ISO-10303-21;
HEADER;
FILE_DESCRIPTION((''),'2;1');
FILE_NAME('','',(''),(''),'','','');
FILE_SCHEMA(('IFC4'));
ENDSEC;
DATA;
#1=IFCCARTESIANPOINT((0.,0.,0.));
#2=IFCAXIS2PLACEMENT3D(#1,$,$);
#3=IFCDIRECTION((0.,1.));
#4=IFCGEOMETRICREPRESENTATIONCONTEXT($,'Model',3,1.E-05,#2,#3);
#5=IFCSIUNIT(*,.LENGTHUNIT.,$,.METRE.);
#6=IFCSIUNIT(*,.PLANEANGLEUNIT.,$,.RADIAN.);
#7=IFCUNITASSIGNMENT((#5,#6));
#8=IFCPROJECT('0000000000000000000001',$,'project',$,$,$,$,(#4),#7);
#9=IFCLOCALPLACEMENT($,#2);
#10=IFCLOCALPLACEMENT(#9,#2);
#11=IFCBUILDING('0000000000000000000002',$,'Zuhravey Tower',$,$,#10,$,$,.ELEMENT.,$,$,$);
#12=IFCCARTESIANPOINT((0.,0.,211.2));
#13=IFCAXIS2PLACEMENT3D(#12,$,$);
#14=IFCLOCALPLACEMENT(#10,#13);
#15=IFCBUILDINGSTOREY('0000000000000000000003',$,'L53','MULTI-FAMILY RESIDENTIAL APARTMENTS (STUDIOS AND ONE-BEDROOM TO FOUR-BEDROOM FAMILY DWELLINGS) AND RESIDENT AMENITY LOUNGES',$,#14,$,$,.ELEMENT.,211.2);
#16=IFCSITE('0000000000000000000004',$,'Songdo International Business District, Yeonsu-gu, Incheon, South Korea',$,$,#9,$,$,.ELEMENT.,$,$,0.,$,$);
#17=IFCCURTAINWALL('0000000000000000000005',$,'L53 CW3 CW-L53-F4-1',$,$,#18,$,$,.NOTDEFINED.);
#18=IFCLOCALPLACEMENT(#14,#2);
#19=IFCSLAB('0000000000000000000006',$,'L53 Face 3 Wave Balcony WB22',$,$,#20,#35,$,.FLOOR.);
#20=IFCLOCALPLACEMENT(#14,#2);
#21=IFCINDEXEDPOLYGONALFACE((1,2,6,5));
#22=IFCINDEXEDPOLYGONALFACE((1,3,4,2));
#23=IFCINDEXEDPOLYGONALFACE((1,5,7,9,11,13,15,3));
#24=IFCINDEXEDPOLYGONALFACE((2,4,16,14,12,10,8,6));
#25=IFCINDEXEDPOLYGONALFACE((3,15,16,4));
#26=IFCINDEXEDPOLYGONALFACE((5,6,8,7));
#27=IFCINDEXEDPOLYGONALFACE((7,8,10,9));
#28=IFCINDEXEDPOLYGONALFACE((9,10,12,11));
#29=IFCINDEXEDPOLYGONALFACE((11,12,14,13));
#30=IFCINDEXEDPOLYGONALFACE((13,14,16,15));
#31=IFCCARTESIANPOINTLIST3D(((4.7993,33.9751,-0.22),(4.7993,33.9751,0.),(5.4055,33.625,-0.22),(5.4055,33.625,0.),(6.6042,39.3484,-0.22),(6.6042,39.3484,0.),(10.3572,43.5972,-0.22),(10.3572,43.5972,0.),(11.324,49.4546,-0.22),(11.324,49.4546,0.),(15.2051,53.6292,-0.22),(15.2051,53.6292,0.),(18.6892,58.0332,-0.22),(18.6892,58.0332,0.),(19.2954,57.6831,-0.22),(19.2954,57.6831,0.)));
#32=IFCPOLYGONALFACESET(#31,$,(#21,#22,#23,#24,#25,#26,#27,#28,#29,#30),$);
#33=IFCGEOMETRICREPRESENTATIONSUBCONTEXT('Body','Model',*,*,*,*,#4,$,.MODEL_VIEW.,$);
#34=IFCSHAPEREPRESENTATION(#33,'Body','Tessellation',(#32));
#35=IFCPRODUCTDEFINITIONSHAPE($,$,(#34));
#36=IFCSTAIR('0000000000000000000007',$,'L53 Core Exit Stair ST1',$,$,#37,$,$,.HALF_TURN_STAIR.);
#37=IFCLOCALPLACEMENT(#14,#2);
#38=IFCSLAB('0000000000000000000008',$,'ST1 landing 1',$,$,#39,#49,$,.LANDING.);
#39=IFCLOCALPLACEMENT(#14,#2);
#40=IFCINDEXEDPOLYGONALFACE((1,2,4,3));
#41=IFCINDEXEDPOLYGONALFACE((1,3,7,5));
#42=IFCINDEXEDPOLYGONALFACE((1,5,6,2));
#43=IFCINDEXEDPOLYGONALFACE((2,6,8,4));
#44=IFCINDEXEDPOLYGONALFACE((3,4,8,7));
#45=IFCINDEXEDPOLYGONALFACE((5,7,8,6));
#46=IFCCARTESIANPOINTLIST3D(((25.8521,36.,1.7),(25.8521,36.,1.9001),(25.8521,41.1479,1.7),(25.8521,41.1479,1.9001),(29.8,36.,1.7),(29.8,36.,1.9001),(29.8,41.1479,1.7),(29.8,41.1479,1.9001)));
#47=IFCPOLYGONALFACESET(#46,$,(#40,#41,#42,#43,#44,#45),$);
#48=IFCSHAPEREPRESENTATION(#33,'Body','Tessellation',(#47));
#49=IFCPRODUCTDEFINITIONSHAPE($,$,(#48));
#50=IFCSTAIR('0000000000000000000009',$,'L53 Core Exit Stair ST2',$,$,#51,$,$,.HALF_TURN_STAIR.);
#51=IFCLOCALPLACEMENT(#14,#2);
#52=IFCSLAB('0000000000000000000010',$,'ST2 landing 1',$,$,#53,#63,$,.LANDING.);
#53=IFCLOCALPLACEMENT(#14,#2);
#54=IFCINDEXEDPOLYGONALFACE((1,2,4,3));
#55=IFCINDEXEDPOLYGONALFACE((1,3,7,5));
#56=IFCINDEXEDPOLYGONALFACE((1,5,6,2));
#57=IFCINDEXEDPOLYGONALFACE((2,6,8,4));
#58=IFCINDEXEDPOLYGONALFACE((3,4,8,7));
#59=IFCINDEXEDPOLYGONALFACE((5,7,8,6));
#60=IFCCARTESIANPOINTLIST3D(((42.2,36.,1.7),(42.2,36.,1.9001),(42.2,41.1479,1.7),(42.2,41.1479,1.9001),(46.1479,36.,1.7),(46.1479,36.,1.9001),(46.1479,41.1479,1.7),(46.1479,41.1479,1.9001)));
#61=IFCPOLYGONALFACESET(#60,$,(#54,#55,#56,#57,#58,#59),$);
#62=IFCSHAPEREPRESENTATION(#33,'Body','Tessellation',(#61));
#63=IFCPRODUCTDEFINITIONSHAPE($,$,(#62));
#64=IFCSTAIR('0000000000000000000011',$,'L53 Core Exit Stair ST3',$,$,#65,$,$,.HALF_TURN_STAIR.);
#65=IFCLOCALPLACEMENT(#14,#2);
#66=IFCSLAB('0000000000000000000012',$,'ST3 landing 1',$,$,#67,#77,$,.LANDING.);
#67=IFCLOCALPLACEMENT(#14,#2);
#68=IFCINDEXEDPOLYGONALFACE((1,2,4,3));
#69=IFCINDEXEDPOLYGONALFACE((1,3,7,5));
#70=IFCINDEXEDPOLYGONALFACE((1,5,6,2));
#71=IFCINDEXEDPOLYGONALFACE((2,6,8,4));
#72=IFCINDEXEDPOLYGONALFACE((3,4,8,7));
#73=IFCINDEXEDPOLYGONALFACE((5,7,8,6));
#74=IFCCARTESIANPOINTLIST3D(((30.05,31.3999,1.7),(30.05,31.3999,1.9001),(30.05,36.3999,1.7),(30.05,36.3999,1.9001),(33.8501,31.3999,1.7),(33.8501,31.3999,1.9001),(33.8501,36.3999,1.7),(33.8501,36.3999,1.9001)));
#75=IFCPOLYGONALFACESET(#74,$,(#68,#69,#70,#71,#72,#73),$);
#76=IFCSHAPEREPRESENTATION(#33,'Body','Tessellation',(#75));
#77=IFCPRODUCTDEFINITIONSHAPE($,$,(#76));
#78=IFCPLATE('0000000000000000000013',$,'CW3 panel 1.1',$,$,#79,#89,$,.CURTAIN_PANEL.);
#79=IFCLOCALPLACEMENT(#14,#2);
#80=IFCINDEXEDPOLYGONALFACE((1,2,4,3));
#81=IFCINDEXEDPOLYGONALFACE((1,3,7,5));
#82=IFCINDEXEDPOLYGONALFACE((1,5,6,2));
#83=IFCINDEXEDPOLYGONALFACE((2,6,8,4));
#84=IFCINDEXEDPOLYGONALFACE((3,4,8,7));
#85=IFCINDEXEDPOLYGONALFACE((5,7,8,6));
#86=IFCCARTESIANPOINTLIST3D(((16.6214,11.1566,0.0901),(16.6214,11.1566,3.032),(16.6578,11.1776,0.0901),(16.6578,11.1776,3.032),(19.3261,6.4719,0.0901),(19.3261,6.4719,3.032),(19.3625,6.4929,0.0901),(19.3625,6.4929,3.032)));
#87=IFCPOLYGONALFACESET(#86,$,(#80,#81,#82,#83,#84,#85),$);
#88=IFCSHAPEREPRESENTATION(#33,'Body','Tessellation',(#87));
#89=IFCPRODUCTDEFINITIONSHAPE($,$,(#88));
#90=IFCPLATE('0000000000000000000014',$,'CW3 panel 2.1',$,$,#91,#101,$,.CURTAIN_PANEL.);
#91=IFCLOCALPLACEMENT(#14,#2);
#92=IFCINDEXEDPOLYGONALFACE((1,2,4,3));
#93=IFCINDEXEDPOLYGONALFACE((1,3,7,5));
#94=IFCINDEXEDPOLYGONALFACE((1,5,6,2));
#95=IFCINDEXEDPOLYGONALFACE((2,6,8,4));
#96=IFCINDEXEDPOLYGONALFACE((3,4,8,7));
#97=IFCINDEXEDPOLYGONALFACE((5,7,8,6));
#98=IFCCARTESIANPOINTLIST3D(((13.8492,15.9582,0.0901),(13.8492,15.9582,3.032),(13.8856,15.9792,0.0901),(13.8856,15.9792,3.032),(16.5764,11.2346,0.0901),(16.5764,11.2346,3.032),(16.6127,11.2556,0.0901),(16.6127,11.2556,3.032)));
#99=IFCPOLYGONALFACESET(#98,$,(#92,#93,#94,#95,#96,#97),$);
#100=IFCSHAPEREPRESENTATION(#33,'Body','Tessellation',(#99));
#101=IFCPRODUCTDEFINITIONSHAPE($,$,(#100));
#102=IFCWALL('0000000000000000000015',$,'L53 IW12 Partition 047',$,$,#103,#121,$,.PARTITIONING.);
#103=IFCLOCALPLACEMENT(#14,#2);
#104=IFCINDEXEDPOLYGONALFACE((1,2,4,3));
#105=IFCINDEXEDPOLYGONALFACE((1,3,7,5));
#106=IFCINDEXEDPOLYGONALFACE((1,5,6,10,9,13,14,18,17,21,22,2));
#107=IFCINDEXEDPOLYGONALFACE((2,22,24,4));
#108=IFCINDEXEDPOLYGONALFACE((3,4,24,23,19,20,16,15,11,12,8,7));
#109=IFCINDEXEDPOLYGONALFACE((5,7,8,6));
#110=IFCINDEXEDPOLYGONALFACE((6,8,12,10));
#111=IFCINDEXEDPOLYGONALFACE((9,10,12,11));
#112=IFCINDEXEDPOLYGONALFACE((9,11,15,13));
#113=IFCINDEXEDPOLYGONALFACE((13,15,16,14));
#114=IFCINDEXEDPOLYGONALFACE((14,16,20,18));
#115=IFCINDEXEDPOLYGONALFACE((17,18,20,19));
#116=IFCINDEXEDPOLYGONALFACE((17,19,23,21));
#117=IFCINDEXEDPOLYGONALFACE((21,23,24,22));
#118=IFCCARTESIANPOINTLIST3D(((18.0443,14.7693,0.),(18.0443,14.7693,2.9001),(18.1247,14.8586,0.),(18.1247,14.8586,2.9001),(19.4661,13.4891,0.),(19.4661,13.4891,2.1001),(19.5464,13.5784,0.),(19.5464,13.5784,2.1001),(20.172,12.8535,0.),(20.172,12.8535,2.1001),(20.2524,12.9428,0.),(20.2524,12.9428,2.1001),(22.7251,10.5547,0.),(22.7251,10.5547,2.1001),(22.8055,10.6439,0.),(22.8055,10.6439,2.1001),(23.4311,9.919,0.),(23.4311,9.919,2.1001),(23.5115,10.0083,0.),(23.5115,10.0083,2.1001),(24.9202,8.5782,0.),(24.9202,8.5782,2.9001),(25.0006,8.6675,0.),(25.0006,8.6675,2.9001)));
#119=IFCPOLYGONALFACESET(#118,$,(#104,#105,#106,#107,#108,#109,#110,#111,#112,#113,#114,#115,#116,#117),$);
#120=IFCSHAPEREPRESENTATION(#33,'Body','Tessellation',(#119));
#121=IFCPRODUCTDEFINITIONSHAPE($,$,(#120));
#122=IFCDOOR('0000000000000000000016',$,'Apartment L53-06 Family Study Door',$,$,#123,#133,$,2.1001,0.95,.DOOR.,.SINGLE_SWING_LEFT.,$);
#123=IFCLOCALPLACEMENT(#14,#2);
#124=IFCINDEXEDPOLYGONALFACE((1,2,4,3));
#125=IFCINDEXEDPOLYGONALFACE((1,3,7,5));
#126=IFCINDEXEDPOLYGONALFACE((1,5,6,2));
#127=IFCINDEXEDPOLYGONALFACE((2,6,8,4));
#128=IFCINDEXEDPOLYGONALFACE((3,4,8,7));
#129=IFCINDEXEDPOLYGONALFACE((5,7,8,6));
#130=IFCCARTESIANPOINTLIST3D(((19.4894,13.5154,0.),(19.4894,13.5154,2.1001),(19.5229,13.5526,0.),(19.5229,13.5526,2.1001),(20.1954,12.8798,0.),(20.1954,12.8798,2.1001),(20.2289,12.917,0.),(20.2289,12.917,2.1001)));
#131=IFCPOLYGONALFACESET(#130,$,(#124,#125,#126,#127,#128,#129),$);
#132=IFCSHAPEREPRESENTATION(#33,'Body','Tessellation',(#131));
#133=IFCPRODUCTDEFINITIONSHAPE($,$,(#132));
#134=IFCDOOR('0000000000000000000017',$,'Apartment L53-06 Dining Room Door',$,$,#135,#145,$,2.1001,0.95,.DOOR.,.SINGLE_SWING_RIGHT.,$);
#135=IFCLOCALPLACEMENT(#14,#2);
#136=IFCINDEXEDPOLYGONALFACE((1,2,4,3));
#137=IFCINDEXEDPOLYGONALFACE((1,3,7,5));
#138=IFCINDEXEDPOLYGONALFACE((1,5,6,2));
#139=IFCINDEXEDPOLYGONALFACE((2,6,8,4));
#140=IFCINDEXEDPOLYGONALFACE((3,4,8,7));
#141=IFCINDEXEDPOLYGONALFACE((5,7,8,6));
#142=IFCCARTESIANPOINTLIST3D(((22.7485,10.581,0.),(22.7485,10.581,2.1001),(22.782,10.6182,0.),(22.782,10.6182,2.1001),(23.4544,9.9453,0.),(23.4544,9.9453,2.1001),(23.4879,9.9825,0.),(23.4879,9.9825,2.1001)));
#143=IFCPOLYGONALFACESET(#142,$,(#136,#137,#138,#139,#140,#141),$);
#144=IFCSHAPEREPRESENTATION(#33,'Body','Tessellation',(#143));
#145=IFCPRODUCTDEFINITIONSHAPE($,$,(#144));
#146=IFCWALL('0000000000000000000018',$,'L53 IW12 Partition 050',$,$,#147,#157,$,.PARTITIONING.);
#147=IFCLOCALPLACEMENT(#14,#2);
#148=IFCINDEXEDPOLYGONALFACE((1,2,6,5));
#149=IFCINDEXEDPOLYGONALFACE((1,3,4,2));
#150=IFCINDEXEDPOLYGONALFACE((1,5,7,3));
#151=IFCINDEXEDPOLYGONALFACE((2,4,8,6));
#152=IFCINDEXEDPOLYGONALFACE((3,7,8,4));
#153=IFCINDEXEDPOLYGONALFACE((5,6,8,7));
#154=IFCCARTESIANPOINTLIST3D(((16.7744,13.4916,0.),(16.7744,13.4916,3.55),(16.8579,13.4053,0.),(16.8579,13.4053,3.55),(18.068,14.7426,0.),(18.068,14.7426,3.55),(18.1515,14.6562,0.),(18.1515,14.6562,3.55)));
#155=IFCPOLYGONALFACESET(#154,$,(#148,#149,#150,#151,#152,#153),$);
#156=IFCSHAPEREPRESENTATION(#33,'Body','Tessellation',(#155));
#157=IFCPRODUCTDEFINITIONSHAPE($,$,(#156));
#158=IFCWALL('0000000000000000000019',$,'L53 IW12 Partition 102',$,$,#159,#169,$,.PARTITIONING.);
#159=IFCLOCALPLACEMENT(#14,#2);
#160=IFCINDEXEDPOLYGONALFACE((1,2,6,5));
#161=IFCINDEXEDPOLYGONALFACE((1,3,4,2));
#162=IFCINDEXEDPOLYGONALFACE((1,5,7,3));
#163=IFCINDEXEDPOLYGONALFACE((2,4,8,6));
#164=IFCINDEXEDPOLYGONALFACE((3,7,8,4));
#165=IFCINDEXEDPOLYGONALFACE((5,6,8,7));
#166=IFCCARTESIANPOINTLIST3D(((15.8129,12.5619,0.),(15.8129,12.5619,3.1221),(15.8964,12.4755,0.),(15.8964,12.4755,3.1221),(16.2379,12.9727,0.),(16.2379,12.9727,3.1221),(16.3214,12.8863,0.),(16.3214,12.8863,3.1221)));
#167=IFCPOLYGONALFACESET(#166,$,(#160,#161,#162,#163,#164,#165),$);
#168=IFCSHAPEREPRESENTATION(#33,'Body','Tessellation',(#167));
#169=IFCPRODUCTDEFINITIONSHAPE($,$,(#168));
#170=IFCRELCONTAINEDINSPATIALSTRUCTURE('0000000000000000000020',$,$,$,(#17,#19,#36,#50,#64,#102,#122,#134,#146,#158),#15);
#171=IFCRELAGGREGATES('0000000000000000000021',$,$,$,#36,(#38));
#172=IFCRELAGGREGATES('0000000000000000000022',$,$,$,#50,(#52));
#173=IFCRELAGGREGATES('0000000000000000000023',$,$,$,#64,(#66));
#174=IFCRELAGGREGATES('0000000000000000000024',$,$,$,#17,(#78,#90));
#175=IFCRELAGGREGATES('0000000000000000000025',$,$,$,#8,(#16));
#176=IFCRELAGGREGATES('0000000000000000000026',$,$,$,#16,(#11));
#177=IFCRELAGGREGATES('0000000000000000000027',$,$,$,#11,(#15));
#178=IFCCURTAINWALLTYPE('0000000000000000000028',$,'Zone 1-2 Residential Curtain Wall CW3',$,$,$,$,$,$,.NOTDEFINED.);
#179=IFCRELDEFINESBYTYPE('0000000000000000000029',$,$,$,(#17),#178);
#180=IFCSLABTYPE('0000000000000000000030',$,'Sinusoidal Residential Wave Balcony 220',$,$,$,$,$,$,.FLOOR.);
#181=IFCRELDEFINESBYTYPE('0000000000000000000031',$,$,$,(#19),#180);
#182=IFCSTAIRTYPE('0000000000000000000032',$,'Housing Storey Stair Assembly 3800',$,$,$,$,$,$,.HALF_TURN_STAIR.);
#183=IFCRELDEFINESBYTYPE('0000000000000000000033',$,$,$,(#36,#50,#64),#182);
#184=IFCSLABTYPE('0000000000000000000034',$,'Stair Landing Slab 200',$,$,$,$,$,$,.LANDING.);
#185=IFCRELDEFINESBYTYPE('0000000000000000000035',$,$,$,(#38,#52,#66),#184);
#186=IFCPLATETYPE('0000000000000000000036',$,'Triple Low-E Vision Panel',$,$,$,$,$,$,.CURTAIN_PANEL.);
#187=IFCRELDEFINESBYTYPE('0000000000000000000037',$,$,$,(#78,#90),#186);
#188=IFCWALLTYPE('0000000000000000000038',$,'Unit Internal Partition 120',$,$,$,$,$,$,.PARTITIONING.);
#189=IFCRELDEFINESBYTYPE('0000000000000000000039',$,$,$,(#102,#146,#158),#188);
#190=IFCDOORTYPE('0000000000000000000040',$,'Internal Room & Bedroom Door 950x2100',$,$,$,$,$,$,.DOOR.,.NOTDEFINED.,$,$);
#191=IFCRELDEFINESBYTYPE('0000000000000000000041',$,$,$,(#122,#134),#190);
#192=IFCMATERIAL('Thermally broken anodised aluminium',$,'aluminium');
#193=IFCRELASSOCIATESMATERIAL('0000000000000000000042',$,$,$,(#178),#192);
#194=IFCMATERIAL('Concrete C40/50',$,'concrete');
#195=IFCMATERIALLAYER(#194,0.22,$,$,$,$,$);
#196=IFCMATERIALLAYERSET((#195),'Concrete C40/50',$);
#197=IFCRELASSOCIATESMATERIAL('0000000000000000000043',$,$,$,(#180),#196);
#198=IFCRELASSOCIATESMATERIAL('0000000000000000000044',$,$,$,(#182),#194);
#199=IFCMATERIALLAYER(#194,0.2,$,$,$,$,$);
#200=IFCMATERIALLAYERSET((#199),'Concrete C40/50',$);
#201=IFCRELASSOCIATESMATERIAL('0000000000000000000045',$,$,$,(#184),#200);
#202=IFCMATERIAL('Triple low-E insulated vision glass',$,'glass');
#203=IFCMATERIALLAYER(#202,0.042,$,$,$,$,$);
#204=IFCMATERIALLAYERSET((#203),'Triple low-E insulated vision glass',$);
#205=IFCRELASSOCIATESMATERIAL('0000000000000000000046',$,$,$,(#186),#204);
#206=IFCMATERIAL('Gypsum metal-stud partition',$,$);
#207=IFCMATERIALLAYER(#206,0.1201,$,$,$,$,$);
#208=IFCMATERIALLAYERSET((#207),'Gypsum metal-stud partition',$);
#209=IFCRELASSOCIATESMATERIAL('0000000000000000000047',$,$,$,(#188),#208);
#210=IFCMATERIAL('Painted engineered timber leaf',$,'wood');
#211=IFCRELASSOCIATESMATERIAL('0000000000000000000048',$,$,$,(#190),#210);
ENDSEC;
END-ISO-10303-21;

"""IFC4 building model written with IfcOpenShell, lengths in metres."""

from ifc_helpers import new_model, si_unit, direction, frame, frame_2d, origin, origin_2d, place, context, subcontext, project, spatial, polyline, rectangle, outline, extrude, material, layer, layer_set, type_object, element, fill, aggregate, save


model = new_model("IFC4")

# Units and contexts
model_context = context("Model", 3, precision=1e-05, world=origin(), true_north=direction((0.0, 1.0)))
body_context = subcontext(model_context, "Body", "Model", "MODEL_VIEW")
ifc_project = project(units=[si_unit("LENGTHUNIT", "METRE"), si_unit("PLANEANGLEUNIT", "RADIAN")], contexts=[model_context])

# Site, building, storey
site_placement = place(None, origin())
site = spatial("IfcSite", under=ifc_project, at=site_placement, Name="Songdo International Business District, Yeonsu-gu, Incheon, South Korea", CompositionType="ELEMENT", RefElevation=0.0)
building_placement = place(site_placement, origin())
building = spatial("IfcBuilding", under=site, at=building_placement, Name="Zuhravey Tower", CompositionType="ELEMENT")
storey_placement = place(building_placement, frame((0.0, 0.0, 211.2)))
storey = spatial("IfcBuildingStorey", under=building, at=storey_placement, Name="L53", Description="MULTI-FAMILY RESIDENTIAL APARTMENTS (STUDIOS AND ONE-BEDROOM TO FOUR-BEDROOM FAMILY DWELLINGS) AND RESIDENT AMENITY LOUNGES", CompositionType="ELEMENT", Elevation=211.2)

# Curtain wall
ifc_material_1 = material(Name="Thermally broken anodised aluminium", Category="aluminium")
curtain_wall_type = type_object("IfcCurtainWallType", Name="Zone 1-2 Residential Curtain Wall CW3", PredefinedType="NOTDEFINED", material=ifc_material_1)
curtain_wall_placement = place(storey_placement, origin())
curtain_wall = element("IfcCurtainWall", 1, at=curtain_wall_placement, inside=storey, type_object=curtain_wall_type, Name="L53 CW3 CW-L53-F4-1", PredefinedType="NOTDEFINED")

# Slab
ifc_material_2 = material(Name="Concrete C40/50", Category="concrete")
ifc_layer_1 = layer(ifc_material_2, 0.22)
ifc_layer_set_1 = layer_set([ifc_layer_1], Name="Concrete C40/50")
slab_type_1 = type_object("IfcSlabType", Name="Sinusoidal Residential Wave Balcony 220", PredefinedType="FLOOR", material=ifc_layer_set_1)
slab_1_placement = place(storey_placement, frame((0.0, 0.0, -0.22)))
element("IfcSlab", 2, at=slab_1_placement, inside=storey, type_object=slab_type_1, Name="L53 Face 3 Wave Balcony WB22", PredefinedType="FLOOR", context=body_context, shape_type="SweptSolid", body=[
    extrude(outline(polyline([(19.2954, 57.6831), (5.4055, 33.625), (4.7993, 33.9751), (6.6042, 39.3484), (10.3572, 43.5972), (11.324, 49.4546), (15.2051, 53.6292), (18.6892, 58.0332), (19.2954, 57.6831)])), origin(), (0.0, 0.0, 1.0), 0.22),
])

# Stairs, slabs
stair_type = type_object("IfcStairType", Name="Housing Storey Stair Assembly 3800", PredefinedType="HALF_TURN_STAIR", material=ifc_material_2)
stair_1_placement = place(storey_placement, origin())
stair_1 = element("IfcStair", 3, at=stair_1_placement, inside=storey, type_object=stair_type, Name="L53 Core Exit Stair ST1", PredefinedType="HALF_TURN_STAIR")
ifc_layer_2 = layer(ifc_material_2, 0.2)
ifc_layer_set_2 = layer_set([ifc_layer_2], Name="Concrete C40/50")
slab_type_2 = type_object("IfcSlabType", Name="Stair Landing Slab 200", PredefinedType="LANDING", material=ifc_layer_set_2)
slab_2_placement = place(storey_placement, frame((0.0, 0.0, 1.7)))
slab_2 = element("IfcSlab", 4, at=slab_2_placement, type_object=slab_type_2, Name="ST1 landing 1", PredefinedType="LANDING", context=body_context, shape_type="SweptSolid", body=[
    extrude(outline(polyline([(29.8, 36.0), (29.8, 41.1479), (25.8521, 41.1479), (25.8521, 36.0), (29.8, 36.0)])), origin(), (0.0, 0.0, 1.0), 0.2002),
])
aggregate(stair_1, [slab_2])
stair_2_placement = place(storey_placement, origin())
stair_2 = element("IfcStair", 5, at=stair_2_placement, inside=storey, type_object=stair_type, Name="L53 Core Exit Stair ST2", PredefinedType="HALF_TURN_STAIR")
slab_3_placement = place(storey_placement, frame((0.0, 0.0, 1.7)))
slab_3 = element("IfcSlab", 6, at=slab_3_placement, type_object=slab_type_2, Name="ST2 landing 1", PredefinedType="LANDING", context=body_context, shape_type="SweptSolid", body=[
    extrude(outline(polyline([(46.1479, 36.0), (46.1479, 41.1479), (42.2, 41.1479), (42.2, 36.0), (46.1479, 36.0)])), origin(), (0.0, 0.0, 1.0), 0.2002),
])
aggregate(stair_2, [slab_3])
stair_3_placement = place(storey_placement, origin())
stair_3 = element("IfcStair", 7, at=stair_3_placement, inside=storey, type_object=stair_type, Name="L53 Core Exit Stair ST3", PredefinedType="HALF_TURN_STAIR")
slab_4_placement = place(storey_placement, frame((0.0, 0.0, 1.7)))
slab_4 = element("IfcSlab", 8, at=slab_4_placement, type_object=slab_type_2, Name="ST3 landing 1", PredefinedType="LANDING", context=body_context, shape_type="SweptSolid", body=[
    extrude(outline(polyline([(30.05, 36.3999), (30.05, 31.3999), (33.8501, 31.3999), (33.8501, 36.3999), (30.05, 36.3999)])), origin(), (0.0, 0.0, 1.0), 0.2002),
])
aggregate(stair_3, [slab_4])

# Plates
ifc_material_3 = material(Name="Triple low-E insulated vision glass", Category="glass")
ifc_layer_3 = layer(ifc_material_3, 0.042)
ifc_layer_set_3 = layer_set([ifc_layer_3], Name="Triple low-E insulated vision glass")
plate_type = type_object("IfcPlateType", Name="Triple Low-E Vision Panel", PredefinedType="CURTAIN_PANEL", material=ifc_layer_set_3)
plate_1_placement = place(storey_placement, frame((17.9919, 8.8247, 0.0901), z_axis=(0.0, 0.0, 1.0), x_axis=(-0.5, 0.866025, 0.0)))
plate_1 = element("IfcPlate", 9, at=plate_1_placement, type_object=plate_type, Name="CW3 panel 1.1", PredefinedType="CURTAIN_PANEL", context=body_context, shape_type="SweptSolid", body=[
    extrude(rectangle(XDim=5.4094, YDim=0.042, at=origin_2d()), origin(), (0.0, 0.0, 1.0), 2.9419),
])
plate_2_placement = place(storey_placement, frame((15.231, 13.6069, 0.0901), z_axis=(0.0, 0.0, 1.0), x_axis=(-0.5, 0.866025, 0.0)))
plate_2 = element("IfcPlate", 10, at=plate_2_placement, type_object=plate_type, Name="CW3 panel 2.1", PredefinedType="CURTAIN_PANEL", context=body_context, shape_type="SweptSolid", body=[
    extrude(rectangle(XDim=5.4543, YDim=0.042, at=origin_2d()), origin(), (0.0, 0.0, 1.0), 2.9419),
])
aggregate(curtain_wall, [plate_1, plate_2])

# Wall, openings, doors
ifc_material_4 = material(Name="Gypsum metal-stud partition")
ifc_layer_4 = layer(ifc_material_4, 0.1201)
ifc_layer_set_4 = layer_set([ifc_layer_4], Name="Gypsum metal-stud partition")
wall_type = type_object("IfcWallType", Name="Unit Internal Partition 120", PredefinedType="PARTITIONING", material=ifc_layer_set_4)
wall_1_placement = place(storey_placement, frame((18.0845, 14.814, 0.0), z_axis=(0.0, 0.0, 1.0), x_axis=(0.743145, -0.669131, 0.0)))
wall_1 = element("IfcWall", 11, at=wall_1_placement, inside=storey, type_object=wall_type, Name="L53 IW12 Partition 047", PredefinedType="PARTITIONING", context=body_context, shape_type="SweptSolid", body=[
    extrude(rectangle(XDim=9.2524, YDim=0.1201, at=frame_2d((4.6262, 0.0))), origin(), (0.0, 0.0, 1.0), 2.9001),
])
opening_1_placement = place(wall_1_placement, frame((1.9131, 0.0, 0.0)))
opening_1 = element("IfcOpeningElement", 12, at=opening_1_placement, cuts=wall_1, PredefinedType="OPENING", context=body_context, shape_type="SweptSolid", body=[
    extrude(rectangle(XDim=0.95, YDim=2.1001, at=frame_2d((0.4751, 1.05))), frame((0.0, 0.072, 0.0), z_axis=(0.0, -1.0, 0.0), x_axis=(1.0, 0.0, 0.0)), (0.0, 0.0, 1.0), 0.144),
])
opening_2_placement = place(wall_1_placement, frame((6.2986, 0.0, 0.0)))
opening_2 = element("IfcOpeningElement", 13, at=opening_2_placement, cuts=wall_1, PredefinedType="OPENING", context=body_context, shape_type="SweptSolid", body=[
    extrude(rectangle(XDim=0.95, YDim=2.1001, at=frame_2d((0.4751, 1.05))), frame((0.0, 0.072, 0.0), z_axis=(0.0, -1.0, 0.0), x_axis=(1.0, 0.0, 0.0)), (0.0, 0.0, 1.0), 0.144),
])
ifc_material_5 = material(Name="Painted engineered timber leaf", Category="wood")
door_type = type_object("IfcDoorType", Name="Internal Room & Bedroom Door 950x2100", OperationType="NOTDEFINED", PredefinedType="DOOR", material=ifc_material_5)
door_1_placement = place(opening_1_placement, frame((0.95, 0.0, 0.0), z_axis=(0.0, 0.0, 1.0), x_axis=(-1.0, 0.0, 0.0)))
door_1 = element("IfcDoor", 14, at=door_1_placement, inside=storey, type_object=door_type, Name="Apartment L53-06 Family Study Door", OperationType="SINGLE_SWING_LEFT", OverallHeight=2.1001, OverallWidth=0.95, PredefinedType="DOOR", context=body_context, shape_type="SweptSolid", body=[
    extrude(rectangle(XDim=0.95, YDim=2.1001, at=frame_2d((0.4751, 1.05))), frame((0.0, 0.0249, 0.0), z_axis=(0.0, -1.0, 0.0), x_axis=(1.0, 0.0, 0.0)), (0.0, 0.0, 1.0), 0.05),
])
fill(opening_1, door_1)
door_2_placement = place(opening_2_placement, frame((0.95, 0.0, 0.0), z_axis=(0.0, 0.0, 1.0), x_axis=(-1.0, 0.0, 0.0)))
door_2 = element("IfcDoor", 15, at=door_2_placement, inside=storey, type_object=door_type, Name="Apartment L53-06 Dining Room Door", OperationType="SINGLE_SWING_RIGHT", OverallHeight=2.1001, OverallWidth=0.95, PredefinedType="DOOR", context=body_context, shape_type="SweptSolid", body=[
    extrude(rectangle(XDim=0.95, YDim=2.1001, at=frame_2d((0.4751, 1.05))), frame((0.0, 0.0249, 0.0), z_axis=(0.0, -1.0, 0.0), x_axis=(1.0, 0.0, 0.0)), (0.0, 0.0, 1.0), 0.05),
])
fill(opening_2, door_2)

# Walls
wall_2_placement = place(storey_placement, frame((18.1099, 14.6995, 0.0), z_axis=(0.0, 0.0, 1.0), x_axis=(-0.718878, -0.695137, 0.0)))
element("IfcWall", 16, at=wall_2_placement, inside=storey, type_object=wall_type, Name="L53 IW12 Partition 050", PredefinedType="PARTITIONING", context=body_context, shape_type="SweptSolid", body=[
    extrude(rectangle(XDim=1.7996, YDim=0.1201, at=frame_2d((0.8999, 0.0))), origin(), (0.0, 0.0, 1.0), 3.55),
])
wall_3_placement = place(storey_placement, frame((16.2795, 12.9294, 0.0), z_axis=(0.0, 0.0, 1.0), x_axis=(-0.718981, -0.695029, 0.0)))
element("IfcWall", 17, at=wall_3_placement, inside=storey, type_object=wall_type, Name="L53 IW12 Partition 102", PredefinedType="PARTITIONING", context=body_context, shape_type="SweptSolid", body=[
    extrude(rectangle(XDim=0.5911, YDim=0.1201, at=frame_2d((0.2954, 0.0))), origin(), (0.0, 0.0, 1.0), 3.1221),
])

save(model, "model.ifc")
